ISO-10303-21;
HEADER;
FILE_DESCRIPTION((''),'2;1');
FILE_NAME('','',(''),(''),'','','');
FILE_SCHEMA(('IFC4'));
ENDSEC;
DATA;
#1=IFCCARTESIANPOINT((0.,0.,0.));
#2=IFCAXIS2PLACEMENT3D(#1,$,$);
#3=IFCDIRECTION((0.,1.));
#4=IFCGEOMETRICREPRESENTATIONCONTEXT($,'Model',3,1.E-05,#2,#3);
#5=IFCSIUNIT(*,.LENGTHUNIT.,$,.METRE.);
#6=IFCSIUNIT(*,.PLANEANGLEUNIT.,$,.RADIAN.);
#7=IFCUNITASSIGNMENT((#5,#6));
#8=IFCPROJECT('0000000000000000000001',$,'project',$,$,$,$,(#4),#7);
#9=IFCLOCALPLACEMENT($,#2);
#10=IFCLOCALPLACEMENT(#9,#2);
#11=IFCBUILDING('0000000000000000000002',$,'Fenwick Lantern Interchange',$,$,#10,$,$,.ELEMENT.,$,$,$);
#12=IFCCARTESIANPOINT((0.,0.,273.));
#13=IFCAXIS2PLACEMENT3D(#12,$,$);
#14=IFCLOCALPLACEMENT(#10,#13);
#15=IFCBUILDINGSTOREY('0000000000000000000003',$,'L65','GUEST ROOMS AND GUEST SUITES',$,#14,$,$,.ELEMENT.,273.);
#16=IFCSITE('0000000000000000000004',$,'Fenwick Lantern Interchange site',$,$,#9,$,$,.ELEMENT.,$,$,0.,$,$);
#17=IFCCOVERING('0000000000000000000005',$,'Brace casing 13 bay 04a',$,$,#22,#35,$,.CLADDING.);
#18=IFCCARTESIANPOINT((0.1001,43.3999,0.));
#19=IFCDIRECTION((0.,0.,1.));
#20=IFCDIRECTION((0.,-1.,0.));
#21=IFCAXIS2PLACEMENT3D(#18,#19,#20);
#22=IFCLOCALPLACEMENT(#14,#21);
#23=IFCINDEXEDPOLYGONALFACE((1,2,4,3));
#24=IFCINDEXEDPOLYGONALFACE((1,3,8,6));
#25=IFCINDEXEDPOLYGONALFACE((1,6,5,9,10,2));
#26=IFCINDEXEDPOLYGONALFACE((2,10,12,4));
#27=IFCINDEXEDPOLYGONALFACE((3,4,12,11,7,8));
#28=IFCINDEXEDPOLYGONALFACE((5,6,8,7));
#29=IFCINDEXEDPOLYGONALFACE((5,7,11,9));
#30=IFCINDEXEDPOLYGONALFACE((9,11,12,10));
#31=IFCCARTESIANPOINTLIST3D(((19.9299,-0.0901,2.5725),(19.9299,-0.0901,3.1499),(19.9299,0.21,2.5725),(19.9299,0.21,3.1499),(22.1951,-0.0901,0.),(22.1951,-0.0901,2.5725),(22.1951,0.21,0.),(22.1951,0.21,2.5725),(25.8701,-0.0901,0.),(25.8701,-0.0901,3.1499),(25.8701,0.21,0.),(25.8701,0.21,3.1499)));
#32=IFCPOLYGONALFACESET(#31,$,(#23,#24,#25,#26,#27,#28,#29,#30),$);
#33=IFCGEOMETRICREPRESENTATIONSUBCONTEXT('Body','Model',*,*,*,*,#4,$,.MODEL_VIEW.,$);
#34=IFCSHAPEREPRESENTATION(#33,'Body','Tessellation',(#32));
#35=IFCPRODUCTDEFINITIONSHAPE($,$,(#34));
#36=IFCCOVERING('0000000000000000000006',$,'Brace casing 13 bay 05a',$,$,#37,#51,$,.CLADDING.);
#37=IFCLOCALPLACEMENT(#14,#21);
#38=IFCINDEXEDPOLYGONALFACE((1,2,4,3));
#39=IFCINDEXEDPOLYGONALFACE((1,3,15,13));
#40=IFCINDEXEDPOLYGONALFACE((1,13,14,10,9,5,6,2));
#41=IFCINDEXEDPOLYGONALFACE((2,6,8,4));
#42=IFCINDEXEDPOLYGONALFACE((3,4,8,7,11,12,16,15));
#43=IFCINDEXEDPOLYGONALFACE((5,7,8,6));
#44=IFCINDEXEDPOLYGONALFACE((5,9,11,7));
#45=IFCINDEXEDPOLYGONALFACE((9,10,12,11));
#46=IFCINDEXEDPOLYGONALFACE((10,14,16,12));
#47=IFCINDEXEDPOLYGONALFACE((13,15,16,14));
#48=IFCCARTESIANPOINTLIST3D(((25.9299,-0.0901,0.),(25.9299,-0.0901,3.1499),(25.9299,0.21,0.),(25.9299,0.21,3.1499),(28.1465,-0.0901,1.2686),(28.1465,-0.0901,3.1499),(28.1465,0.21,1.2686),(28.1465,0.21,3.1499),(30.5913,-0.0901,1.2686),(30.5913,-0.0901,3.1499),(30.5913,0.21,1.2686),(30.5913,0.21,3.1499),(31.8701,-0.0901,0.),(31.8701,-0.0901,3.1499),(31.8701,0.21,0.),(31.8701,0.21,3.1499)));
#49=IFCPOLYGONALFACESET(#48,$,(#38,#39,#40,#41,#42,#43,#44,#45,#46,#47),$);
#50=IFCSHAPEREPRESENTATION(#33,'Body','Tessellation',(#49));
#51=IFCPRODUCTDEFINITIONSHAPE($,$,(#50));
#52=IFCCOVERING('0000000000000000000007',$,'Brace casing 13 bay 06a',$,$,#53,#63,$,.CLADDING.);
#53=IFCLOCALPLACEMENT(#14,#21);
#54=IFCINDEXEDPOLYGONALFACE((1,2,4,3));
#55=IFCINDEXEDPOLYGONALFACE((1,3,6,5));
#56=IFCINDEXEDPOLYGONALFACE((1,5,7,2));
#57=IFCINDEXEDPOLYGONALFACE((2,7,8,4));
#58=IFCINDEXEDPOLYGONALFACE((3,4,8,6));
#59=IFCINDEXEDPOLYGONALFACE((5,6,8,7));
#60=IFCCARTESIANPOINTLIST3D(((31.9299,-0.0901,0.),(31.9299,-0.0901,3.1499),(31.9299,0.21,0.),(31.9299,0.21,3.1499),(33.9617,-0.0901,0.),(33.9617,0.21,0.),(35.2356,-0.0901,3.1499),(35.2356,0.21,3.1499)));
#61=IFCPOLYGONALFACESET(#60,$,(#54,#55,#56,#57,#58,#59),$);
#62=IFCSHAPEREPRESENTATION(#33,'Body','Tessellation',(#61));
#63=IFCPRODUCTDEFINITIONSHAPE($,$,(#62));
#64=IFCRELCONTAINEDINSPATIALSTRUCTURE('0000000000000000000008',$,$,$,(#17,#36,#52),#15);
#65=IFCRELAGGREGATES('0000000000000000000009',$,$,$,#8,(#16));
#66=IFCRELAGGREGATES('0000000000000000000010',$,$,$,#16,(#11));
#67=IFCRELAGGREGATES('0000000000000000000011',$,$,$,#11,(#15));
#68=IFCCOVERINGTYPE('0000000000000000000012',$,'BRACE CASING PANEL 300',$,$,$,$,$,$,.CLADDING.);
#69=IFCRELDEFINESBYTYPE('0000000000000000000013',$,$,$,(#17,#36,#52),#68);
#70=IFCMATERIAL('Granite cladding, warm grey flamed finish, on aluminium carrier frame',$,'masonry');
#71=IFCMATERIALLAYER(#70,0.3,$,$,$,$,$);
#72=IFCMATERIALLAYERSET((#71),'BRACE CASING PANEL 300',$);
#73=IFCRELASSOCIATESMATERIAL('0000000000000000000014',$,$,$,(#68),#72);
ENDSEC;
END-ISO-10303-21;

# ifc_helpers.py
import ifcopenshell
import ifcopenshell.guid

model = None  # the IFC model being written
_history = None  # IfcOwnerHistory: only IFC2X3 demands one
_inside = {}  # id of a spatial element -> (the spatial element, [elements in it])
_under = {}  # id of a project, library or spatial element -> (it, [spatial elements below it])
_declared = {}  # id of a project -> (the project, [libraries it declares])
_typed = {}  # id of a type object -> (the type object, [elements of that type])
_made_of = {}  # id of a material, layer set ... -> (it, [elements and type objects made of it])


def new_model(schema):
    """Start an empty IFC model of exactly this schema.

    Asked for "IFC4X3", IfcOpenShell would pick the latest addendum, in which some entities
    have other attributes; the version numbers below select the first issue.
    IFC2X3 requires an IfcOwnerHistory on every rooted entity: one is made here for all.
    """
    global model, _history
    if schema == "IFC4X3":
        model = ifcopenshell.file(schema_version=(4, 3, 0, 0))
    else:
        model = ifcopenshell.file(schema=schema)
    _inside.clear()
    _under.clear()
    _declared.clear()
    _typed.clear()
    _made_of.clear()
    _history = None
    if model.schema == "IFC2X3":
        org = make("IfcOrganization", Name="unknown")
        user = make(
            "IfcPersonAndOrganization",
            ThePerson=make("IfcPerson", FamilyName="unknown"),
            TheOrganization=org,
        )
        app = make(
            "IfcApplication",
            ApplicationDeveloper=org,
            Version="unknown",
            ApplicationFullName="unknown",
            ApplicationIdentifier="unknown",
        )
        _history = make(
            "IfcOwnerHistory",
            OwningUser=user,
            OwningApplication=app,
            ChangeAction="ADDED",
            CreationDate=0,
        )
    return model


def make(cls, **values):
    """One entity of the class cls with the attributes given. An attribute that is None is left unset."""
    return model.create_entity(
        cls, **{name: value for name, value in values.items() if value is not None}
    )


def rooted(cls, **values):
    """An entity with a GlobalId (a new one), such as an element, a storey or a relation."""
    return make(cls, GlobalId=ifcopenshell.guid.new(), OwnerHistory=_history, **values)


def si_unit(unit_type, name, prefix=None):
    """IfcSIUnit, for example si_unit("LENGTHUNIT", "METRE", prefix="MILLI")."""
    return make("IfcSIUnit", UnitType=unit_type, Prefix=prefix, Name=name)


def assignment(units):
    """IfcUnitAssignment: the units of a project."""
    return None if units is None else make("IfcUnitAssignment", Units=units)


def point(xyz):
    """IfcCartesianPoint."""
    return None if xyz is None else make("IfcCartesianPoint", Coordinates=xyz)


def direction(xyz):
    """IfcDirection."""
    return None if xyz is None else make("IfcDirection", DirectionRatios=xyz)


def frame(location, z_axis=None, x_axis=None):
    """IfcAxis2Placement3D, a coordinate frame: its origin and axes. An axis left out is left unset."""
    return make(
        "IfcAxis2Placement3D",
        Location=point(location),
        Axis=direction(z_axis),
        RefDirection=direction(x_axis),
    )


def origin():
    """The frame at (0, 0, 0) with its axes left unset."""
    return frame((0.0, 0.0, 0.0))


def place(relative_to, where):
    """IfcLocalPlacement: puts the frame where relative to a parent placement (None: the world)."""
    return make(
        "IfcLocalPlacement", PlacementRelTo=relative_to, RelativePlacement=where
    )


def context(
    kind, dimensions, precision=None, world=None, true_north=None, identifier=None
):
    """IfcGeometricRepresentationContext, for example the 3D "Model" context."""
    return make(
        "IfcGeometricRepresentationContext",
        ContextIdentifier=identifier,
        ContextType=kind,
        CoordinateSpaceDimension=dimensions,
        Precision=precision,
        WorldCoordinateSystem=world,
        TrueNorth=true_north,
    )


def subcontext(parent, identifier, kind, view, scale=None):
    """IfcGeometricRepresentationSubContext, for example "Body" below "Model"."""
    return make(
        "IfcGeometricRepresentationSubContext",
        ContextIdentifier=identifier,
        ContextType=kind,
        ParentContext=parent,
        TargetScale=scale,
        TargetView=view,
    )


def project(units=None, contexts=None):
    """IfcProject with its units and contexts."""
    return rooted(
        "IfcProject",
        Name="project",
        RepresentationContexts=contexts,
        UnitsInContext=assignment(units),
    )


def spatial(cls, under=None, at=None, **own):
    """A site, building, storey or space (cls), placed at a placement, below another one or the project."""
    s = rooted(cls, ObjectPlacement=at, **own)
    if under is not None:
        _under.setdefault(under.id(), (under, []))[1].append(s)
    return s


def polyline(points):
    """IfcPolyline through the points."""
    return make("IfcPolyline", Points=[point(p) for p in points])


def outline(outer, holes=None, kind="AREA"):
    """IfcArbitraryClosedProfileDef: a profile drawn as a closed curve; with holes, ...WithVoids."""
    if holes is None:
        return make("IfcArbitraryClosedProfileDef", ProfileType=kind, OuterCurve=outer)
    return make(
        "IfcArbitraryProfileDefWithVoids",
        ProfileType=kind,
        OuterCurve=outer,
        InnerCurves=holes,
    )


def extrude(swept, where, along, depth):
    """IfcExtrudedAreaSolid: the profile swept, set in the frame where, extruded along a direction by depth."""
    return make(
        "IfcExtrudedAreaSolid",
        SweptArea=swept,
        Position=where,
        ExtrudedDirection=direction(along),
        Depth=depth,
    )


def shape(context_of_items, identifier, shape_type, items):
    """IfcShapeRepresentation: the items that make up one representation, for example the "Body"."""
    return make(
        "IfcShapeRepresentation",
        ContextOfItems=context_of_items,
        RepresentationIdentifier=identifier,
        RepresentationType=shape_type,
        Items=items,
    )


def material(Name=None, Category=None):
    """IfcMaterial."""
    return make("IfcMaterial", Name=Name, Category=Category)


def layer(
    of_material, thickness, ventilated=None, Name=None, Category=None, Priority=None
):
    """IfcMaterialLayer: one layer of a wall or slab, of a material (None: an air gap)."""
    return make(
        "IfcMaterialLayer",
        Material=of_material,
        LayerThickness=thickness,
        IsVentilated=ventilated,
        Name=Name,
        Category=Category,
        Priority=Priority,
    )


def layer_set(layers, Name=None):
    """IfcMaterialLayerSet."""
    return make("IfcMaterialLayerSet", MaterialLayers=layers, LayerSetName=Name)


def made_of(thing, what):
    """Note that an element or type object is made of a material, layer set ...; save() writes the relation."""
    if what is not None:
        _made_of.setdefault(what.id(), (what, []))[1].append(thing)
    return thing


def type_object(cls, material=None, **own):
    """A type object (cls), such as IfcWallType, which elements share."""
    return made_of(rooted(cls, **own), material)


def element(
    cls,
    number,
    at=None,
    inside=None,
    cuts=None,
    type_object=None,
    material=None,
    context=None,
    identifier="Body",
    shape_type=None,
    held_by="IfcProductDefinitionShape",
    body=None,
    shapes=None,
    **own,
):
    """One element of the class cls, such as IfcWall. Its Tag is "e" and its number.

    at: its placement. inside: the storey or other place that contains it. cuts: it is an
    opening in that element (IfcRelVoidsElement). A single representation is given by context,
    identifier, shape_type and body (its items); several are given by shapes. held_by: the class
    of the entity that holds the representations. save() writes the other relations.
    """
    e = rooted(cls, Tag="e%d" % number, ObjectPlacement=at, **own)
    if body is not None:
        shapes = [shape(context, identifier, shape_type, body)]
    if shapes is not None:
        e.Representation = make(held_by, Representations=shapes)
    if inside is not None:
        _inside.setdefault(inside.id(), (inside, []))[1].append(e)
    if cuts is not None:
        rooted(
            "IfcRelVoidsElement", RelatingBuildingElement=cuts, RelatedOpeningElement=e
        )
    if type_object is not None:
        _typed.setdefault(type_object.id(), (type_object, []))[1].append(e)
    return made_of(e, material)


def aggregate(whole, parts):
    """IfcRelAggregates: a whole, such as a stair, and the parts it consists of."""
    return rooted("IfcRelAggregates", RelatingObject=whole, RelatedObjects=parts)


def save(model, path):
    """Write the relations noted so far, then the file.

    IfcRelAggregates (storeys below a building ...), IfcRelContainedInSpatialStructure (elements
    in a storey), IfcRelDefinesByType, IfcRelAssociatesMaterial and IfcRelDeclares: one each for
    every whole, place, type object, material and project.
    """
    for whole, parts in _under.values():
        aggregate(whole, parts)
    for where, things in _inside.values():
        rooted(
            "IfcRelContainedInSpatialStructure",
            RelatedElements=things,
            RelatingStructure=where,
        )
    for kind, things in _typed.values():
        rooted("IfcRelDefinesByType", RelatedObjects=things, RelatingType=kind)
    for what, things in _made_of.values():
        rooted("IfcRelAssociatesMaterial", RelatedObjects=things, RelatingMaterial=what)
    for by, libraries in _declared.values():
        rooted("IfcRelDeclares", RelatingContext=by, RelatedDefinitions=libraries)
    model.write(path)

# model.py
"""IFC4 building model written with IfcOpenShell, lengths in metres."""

from ifc_helpers import new_model, si_unit, direction, frame, origin, place, context, subcontext, project, spatial, polyline, outline, extrude, material, layer, layer_set, type_object, element, save


model = new_model("IFC4")

# Units and contexts
model_context = context("Model", 3, precision=1e-05, world=origin(), true_north=direction((0.0, 1.0)))
body_context = subcontext(model_context, "Body", "Model", "MODEL_VIEW")
ifc_project = project(units=[si_unit("LENGTHUNIT", "METRE"), si_unit("PLANEANGLEUNIT", "RADIAN")], contexts=[model_context])

# Site, building, storey
site_placement = place(None, origin())
site = spatial("IfcSite", under=ifc_project, at=site_placement, Name="Fenwick Lantern Interchange site", CompositionType="ELEMENT", RefElevation=0.0)
building_placement = place(site_placement, origin())
building = spatial("IfcBuilding", under=site, at=building_placement, Name="Fenwick Lantern Interchange", CompositionType="ELEMENT")
storey_placement = place(building_placement, frame((0.0, 0.0, 273.0)))
storey = spatial("IfcBuildingStorey", under=building, at=storey_placement, Name="L65", Description="GUEST ROOMS AND GUEST SUITES", CompositionType="ELEMENT", Elevation=273.0)

# Coverings
ifc_material_1 = material(Name="Granite cladding, warm grey flamed finish, on aluminium carrier frame", Category="masonry")
ifc_layer_1 = layer(ifc_material_1, 0.3)
ifc_layer_set_1 = layer_set([ifc_layer_1], Name="BRACE CASING PANEL 300")
covering_type = type_object("IfcCoveringType", Name="BRACE CASING PANEL 300", PredefinedType="CLADDING", material=ifc_layer_set_1)
covering_1_placement = place(storey_placement, frame((0.1001, 43.3999, 0.0), z_axis=(0.0, 0.0, 1.0), x_axis=(0.0, -1.0, 0.0)))
element("IfcCovering", 1, at=covering_1_placement, inside=storey, type_object=covering_type, Name="Brace casing 13 bay 04a", PredefinedType="CLADDING", context=body_context, shape_type="SweptSolid", body=[
    extrude(outline(polyline([(22.1951, 0.0), (25.8701, 0.0), (25.8701, 3.1499), (19.9299, 3.1499), (19.9299, 2.5725), (22.1951, 2.5725), (22.1951, 0.0)])), frame((0.0, 0.21, 0.0), z_axis=(0.0, -1.0, 0.0), x_axis=(1.0, 0.0, 0.0)), (0.0, 0.0, 1.0), 0.3),
])
covering_2_placement = place(storey_placement, frame((0.1001, 43.3999, 0.0), z_axis=(0.0, 0.0, 1.0), x_axis=(0.0, -1.0, 0.0)))
element("IfcCovering", 2, at=covering_2_placement, inside=storey, type_object=covering_type, Name="Brace casing 13 bay 05a", PredefinedType="CLADDING", context=body_context, shape_type="SweptSolid", body=[
    extrude(outline(polyline([(25.9299, 0.0), (31.8701, 0.0), (31.8701, 3.1499), (30.5913, 3.1499), (30.5913, 1.2686), (28.1465, 1.2686), (28.1465, 3.1499), (25.9299, 3.1499), (25.9299, 0.0)])), frame((0.0, 0.21, 0.0), z_axis=(0.0, -1.0, 0.0), x_axis=(1.0, 0.0, 0.0)), (0.0, 0.0, 1.0), 0.3),
])
covering_3_placement = place(storey_placement, frame((0.1001, 43.3999, 0.0), z_axis=(0.0, 0.0, 1.0), x_axis=(0.0, -1.0, 0.0)))
element("IfcCovering", 3, at=covering_3_placement, inside=storey, type_object=covering_type, Name="Brace casing 13 bay 06a", PredefinedType="CLADDING", context=body_context, shape_type="SweptSolid", body=[
    extrude(outline(polyline([(31.9299, 0.0), (33.9617, 0.0), (35.2356, 3.1499), (31.9299, 3.1499), (31.9299, 0.0)])), frame((0.0, 0.21, 0.0), z_axis=(0.0, -1.0, 0.0), x_axis=(1.0, 0.0, 0.0)), (0.0, 0.0, 1.0), 0.3),
])

save(model, "model.ifc")
